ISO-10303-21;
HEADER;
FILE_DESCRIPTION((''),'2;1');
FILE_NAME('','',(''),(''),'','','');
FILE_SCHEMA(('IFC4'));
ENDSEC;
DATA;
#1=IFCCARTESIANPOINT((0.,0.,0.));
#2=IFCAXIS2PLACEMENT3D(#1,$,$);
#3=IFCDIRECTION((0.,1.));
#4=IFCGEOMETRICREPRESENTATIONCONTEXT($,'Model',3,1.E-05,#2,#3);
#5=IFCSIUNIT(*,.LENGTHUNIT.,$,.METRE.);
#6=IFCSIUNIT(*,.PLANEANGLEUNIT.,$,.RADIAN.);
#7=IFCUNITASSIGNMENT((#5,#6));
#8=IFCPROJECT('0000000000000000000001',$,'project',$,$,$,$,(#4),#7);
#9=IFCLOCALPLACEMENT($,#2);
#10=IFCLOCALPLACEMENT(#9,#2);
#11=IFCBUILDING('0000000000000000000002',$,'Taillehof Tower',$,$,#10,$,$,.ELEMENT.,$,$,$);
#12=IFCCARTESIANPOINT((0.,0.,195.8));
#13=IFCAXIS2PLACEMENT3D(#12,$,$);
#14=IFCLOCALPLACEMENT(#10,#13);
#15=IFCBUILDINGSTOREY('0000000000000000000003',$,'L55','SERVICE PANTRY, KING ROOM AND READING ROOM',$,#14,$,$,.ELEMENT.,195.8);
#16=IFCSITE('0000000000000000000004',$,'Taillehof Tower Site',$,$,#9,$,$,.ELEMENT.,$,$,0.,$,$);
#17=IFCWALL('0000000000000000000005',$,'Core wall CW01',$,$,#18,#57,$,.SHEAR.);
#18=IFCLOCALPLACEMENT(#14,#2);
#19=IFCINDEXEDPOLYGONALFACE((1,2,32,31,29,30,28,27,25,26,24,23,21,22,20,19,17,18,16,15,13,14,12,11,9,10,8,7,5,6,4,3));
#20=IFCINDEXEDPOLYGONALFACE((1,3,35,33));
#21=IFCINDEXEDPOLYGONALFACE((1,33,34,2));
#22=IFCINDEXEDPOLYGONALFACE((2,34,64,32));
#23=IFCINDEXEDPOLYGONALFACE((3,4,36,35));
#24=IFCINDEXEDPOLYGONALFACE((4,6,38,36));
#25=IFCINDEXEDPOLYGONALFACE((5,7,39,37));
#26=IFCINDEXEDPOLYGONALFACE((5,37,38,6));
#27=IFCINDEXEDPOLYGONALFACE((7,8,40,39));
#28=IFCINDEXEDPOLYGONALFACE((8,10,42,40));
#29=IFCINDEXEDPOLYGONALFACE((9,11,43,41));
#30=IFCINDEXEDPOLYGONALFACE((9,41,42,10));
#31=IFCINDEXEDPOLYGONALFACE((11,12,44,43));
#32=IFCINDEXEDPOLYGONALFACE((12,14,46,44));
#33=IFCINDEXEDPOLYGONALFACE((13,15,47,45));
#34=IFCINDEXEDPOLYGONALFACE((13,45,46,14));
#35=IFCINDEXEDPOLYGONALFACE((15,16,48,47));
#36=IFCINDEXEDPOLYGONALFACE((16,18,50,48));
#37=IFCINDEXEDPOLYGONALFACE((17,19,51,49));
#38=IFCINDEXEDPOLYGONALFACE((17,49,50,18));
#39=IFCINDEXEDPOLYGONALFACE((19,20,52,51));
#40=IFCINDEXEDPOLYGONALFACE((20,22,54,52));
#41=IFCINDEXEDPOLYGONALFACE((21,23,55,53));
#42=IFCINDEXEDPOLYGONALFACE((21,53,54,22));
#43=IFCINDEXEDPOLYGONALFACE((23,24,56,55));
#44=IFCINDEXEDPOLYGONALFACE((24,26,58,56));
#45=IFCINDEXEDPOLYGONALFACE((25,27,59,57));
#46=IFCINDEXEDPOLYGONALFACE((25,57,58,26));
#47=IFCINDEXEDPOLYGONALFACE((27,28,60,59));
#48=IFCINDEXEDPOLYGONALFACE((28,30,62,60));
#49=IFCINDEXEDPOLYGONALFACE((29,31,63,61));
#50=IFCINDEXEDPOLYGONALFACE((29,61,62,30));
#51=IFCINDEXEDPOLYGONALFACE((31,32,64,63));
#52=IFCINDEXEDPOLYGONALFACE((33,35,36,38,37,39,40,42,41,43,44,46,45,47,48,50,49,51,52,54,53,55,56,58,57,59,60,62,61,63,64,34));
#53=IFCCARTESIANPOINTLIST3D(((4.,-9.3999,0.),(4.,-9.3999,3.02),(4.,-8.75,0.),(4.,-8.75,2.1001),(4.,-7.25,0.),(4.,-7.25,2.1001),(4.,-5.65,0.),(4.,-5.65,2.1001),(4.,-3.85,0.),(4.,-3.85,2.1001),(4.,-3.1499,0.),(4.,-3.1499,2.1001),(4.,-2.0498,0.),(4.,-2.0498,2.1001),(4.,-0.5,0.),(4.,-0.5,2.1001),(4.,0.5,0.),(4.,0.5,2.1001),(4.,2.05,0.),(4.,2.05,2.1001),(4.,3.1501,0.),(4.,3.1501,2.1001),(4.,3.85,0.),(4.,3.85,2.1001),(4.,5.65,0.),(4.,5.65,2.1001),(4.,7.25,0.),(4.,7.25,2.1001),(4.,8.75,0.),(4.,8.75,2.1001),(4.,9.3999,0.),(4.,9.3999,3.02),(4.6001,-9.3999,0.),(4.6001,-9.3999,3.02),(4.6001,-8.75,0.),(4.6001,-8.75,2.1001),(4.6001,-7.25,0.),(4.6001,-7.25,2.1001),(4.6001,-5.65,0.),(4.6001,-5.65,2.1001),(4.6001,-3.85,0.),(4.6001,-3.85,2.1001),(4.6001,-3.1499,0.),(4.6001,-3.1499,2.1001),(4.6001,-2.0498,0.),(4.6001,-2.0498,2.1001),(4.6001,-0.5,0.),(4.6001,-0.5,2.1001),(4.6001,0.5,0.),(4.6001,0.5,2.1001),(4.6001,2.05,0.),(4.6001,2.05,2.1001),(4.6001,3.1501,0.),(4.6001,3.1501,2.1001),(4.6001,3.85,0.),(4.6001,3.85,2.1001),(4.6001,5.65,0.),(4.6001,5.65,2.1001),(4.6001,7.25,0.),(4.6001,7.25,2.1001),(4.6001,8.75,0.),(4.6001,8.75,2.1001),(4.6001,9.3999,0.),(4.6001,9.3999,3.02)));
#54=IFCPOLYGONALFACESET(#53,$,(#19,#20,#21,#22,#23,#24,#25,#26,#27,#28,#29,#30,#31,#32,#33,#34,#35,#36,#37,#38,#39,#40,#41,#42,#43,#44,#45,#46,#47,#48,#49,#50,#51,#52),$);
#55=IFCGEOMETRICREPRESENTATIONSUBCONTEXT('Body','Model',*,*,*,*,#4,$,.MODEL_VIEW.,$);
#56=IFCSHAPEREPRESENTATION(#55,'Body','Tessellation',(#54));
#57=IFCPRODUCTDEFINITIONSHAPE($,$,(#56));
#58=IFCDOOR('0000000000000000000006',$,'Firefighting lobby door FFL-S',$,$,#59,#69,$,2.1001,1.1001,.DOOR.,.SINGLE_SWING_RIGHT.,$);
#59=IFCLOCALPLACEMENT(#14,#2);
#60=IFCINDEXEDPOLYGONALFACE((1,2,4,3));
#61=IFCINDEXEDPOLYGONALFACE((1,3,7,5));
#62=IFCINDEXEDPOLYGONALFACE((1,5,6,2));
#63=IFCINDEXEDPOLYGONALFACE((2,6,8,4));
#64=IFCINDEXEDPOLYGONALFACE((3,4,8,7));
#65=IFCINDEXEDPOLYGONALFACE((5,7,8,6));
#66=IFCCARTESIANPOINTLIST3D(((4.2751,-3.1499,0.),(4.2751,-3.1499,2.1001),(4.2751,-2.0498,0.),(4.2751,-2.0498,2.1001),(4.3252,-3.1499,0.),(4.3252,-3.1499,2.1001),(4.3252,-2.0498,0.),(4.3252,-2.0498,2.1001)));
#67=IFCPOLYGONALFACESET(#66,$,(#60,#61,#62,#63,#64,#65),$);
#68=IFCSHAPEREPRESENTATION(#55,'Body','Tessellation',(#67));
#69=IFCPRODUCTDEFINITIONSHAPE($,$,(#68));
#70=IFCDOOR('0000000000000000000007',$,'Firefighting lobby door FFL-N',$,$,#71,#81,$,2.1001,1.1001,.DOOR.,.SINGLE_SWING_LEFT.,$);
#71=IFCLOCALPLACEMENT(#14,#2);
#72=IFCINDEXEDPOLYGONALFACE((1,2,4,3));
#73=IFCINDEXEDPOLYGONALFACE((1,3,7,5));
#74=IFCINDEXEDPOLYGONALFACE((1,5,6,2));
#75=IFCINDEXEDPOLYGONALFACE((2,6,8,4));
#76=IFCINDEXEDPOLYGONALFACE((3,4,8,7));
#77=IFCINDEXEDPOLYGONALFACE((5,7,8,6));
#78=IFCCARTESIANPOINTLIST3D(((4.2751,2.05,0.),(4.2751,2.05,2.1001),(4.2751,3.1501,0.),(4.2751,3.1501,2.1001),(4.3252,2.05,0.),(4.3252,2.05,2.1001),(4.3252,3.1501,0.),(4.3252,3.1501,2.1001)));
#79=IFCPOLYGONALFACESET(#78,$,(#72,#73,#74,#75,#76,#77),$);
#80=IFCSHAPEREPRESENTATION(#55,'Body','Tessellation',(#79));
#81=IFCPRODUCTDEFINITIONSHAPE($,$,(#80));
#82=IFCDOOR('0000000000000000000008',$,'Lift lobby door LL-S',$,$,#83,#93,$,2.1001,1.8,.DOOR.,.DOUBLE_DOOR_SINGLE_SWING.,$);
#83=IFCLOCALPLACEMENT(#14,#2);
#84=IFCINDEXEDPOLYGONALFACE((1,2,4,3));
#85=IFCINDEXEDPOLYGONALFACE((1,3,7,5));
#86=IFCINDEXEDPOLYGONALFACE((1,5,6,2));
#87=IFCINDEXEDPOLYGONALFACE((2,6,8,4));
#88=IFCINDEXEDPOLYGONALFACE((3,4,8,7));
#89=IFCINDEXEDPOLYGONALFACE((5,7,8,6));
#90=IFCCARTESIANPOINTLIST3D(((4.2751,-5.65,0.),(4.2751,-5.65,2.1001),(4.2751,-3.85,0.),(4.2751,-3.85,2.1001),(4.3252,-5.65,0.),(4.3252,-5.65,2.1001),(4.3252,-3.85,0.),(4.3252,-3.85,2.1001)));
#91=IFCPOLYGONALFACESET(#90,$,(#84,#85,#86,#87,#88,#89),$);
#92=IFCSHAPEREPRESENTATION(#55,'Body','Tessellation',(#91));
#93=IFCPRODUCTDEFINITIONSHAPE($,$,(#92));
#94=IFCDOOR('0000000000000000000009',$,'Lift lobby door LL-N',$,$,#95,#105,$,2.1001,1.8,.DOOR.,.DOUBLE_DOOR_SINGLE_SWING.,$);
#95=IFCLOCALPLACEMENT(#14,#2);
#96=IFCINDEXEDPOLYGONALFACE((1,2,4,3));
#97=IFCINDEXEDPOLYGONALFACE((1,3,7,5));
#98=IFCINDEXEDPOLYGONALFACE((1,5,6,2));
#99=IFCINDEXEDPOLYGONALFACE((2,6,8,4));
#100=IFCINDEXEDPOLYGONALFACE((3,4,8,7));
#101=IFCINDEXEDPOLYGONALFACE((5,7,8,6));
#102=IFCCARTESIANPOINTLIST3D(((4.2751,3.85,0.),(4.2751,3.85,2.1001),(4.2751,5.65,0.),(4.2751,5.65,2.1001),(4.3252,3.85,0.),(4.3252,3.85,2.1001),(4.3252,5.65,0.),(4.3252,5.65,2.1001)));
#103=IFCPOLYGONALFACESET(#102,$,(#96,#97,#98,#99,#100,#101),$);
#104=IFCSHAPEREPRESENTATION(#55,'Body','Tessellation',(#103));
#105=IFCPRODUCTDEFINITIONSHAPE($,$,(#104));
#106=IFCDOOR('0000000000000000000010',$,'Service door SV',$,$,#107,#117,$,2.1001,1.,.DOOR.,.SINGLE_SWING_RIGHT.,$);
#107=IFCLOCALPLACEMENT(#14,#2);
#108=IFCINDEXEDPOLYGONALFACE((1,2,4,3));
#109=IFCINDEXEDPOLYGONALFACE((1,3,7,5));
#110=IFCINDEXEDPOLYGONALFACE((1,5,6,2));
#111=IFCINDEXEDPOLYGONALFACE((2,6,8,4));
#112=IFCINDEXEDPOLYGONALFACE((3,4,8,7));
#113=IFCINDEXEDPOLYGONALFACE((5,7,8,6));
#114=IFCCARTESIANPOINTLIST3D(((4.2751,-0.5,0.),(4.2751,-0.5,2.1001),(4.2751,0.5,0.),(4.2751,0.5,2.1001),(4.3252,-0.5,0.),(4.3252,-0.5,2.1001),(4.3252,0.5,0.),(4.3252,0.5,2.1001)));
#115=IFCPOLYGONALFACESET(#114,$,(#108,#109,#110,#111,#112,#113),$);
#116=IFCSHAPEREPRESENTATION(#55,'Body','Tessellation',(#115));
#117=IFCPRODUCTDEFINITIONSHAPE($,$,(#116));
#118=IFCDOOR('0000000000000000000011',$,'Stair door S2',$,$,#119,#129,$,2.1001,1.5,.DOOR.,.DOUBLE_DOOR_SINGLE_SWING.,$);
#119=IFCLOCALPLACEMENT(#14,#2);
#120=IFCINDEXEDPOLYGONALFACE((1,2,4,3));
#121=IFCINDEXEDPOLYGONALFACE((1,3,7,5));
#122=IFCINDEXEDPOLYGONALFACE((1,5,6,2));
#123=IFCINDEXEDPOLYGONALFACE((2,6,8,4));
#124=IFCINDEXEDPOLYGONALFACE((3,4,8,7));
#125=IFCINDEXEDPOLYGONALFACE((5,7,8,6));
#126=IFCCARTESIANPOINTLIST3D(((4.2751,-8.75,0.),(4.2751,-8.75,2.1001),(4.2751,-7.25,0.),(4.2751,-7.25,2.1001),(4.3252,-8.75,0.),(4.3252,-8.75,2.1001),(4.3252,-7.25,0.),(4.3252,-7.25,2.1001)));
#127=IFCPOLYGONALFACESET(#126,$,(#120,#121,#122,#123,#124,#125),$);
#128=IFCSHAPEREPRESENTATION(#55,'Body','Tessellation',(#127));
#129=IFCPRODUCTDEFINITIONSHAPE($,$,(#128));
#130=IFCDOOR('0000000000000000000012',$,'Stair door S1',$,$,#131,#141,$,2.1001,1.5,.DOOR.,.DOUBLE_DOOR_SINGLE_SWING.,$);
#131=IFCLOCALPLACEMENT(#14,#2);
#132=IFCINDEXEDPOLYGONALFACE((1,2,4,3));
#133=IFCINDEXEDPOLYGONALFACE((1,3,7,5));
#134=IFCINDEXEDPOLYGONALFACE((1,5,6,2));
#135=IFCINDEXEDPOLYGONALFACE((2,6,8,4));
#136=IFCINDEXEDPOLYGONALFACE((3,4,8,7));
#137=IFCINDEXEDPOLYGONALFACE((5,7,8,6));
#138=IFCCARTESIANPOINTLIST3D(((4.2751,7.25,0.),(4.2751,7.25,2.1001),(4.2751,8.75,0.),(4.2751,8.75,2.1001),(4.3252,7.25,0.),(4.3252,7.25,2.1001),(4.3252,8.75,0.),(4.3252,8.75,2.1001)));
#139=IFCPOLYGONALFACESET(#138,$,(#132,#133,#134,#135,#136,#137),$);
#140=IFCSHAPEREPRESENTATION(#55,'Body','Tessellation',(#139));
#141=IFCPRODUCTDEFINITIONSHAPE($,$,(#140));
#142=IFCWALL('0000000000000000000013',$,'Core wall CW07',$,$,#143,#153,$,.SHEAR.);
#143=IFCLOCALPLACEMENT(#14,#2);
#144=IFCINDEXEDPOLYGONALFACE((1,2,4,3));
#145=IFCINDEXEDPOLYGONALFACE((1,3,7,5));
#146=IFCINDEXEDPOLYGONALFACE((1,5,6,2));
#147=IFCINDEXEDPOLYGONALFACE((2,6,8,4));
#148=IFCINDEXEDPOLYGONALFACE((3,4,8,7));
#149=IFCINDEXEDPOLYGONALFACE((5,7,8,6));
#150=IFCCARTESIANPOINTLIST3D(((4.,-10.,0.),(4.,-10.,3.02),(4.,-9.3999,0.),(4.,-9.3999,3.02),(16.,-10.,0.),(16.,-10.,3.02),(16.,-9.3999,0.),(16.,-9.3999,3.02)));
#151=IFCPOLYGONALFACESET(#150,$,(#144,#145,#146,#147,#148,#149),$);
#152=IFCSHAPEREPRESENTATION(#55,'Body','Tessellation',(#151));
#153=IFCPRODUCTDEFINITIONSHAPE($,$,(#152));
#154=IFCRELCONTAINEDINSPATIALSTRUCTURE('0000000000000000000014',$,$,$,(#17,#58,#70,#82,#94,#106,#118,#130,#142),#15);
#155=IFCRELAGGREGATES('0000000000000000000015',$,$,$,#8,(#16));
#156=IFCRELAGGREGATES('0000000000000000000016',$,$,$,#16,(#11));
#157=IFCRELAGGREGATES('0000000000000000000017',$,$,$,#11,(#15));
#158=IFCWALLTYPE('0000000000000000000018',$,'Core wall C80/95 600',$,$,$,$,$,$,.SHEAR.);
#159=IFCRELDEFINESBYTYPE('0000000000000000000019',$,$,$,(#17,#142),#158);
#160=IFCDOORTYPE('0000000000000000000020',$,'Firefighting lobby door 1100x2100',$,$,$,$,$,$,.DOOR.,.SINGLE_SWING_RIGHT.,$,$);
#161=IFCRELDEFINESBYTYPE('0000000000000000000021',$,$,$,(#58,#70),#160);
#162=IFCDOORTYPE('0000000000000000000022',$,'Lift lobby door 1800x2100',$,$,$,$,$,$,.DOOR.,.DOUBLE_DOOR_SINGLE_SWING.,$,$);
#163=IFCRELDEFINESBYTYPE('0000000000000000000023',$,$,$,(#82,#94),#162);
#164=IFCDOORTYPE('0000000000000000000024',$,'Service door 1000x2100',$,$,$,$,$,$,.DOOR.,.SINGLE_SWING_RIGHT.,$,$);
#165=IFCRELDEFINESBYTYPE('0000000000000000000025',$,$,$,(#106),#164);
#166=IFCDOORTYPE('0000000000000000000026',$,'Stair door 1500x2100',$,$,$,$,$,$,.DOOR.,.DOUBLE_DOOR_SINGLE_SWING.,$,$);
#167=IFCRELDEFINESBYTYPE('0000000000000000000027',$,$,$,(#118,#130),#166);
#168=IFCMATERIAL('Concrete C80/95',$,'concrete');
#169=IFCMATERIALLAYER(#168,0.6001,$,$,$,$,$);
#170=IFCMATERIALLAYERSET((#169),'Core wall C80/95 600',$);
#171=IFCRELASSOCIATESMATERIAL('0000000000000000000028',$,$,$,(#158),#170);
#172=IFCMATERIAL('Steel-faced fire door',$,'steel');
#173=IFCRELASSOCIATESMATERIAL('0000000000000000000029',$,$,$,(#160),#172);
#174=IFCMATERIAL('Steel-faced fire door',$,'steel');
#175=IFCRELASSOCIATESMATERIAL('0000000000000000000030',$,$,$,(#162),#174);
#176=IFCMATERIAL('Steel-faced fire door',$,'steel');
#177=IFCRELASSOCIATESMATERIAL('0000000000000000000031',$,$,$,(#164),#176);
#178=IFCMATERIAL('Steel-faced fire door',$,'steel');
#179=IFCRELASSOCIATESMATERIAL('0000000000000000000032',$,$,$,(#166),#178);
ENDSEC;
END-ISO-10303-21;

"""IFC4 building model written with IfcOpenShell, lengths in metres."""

from ifc_helpers import new_model, si_unit, direction, frame, frame_2d, origin, place, context, subcontext, project, spatial, rectangle, extrude, material, layer, layer_set, type_object, element, fill, save


model = new_model("IFC4")

# Units and contexts
model_context = context("Model", 3, precision=1e-05, world=origin(), true_north=direction((0.0, 1.0)))
body_context = subcontext(model_context, "Body", "Model", "MODEL_VIEW")
ifc_project = project(units=[si_unit("LENGTHUNIT", "METRE"), si_unit("PLANEANGLEUNIT", "RADIAN")], contexts=[model_context])

# Site, building, storey
site_placement = place(None, origin())
site = spatial("IfcSite", under=ifc_project, at=site_placement, Name="Taillehof Tower Site", CompositionType="ELEMENT", RefElevation=0.0)
building_placement = place(site_placement, origin())
building = spatial("IfcBuilding", under=site, at=building_placement, Name="Taillehof Tower", CompositionType="ELEMENT")
storey_placement = place(building_placement, frame((0.0, 0.0, 195.8)))
storey = spatial("IfcBuildingStorey", under=building, at=storey_placement, Name="L55", Description="SERVICE PANTRY, KING ROOM AND READING ROOM", CompositionType="ELEMENT", Elevation=195.8)

# Wall, openings, doors
ifc_material_1 = material(Name="Concrete C80/95", Category="concrete")
ifc_layer_1 = layer(ifc_material_1, 0.6001)
ifc_layer_set_1 = layer_set([ifc_layer_1], Name="Core wall C80/95 600")
wall_type_1 = type_object("IfcWallType", Name="Core wall C80/95 600", PredefinedType="SHEAR", material=ifc_layer_set_1)
wall_1_placement = place(storey_placement, frame((4.3, -9.3999, 0.0), z_axis=(0.0, 0.0, 1.0), x_axis=(0.0, 1.0, 0.0)))
wall_1 = element("IfcWall", 1, at=wall_1_placement, inside=storey, type_object=wall_type_1, Name="Core wall CW01", PredefinedType="SHEAR", context=body_context, shape_type="SweptSolid", body=[
    extrude(rectangle(XDim=18.7998, YDim=0.6001, at=frame_2d((9.3999, 0.0))), origin(), (0.0, 0.0, 1.0), 3.02),
])
opening_1_placement = place(wall_1_placement, frame((0.6499, 0.0, 0.0)))
opening_1 = element("IfcOpeningElement", 2, at=opening_1_placement, cuts=wall_1, PredefinedType="OPENING", context=body_context, shape_type="SweptSolid", body=[
    extrude(rectangle(XDim=1.5, YDim=2.1001, at=frame_2d((0.75, 1.05))), frame((0.0, 0.3101, 0.0), z_axis=(0.0, -1.0, 0.0), x_axis=(1.0, 0.0, 0.0)), (0.0, 0.0, 1.0), 0.6201),
])
opening_2_placement = place(wall_1_placement, frame((3.75, 0.0, 0.0)))
opening_2 = element("IfcOpeningElement", 3, at=opening_2_placement, cuts=wall_1, PredefinedType="OPENING", context=body_context, shape_type="SweptSolid", body=[
    extrude(rectangle(XDim=1.8, YDim=2.1001, at=frame_2d((0.8999, 1.05))), frame((0.0, 0.3101, 0.0), z_axis=(0.0, -1.0, 0.0), x_axis=(1.0, 0.0, 0.0)), (0.0, 0.0, 1.0), 0.6201),
])
opening_3_placement = place(wall_1_placement, frame((6.25, 0.0, 0.0)))
opening_3 = element("IfcOpeningElement", 4, at=opening_3_placement, cuts=wall_1, PredefinedType="OPENING", context=body_context, shape_type="SweptSolid", body=[
    extrude(rectangle(XDim=1.1001, YDim=2.1001, at=frame_2d((0.55, 1.05))), frame((0.0, 0.3101, 0.0), z_axis=(0.0, -1.0, 0.0), x_axis=(1.0, 0.0, 0.0)), (0.0, 0.0, 1.0), 0.6201),
])
opening_4_placement = place(wall_1_placement, frame((8.8999, 0.0, 0.0)))
opening_4 = element("IfcOpeningElement", 5, at=opening_4_placement, cuts=wall_1, PredefinedType="OPENING", context=body_context, shape_type="SweptSolid", body=[
    extrude(rectangle(XDim=1.0, YDim=2.1001, at=frame_2d((0.5, 1.05))), frame((0.0, 0.3101, 0.0), z_axis=(0.0, -1.0, 0.0), x_axis=(1.0, 0.0, 0.0)), (0.0, 0.0, 1.0), 0.6201),
])
opening_5_placement = place(wall_1_placement, frame((11.45, 0.0, 0.0)))
opening_5 = element("IfcOpeningElement", 6, at=opening_5_placement, cuts=wall_1, PredefinedType="OPENING", context=body_context, shape_type="SweptSolid", body=[
    extrude(rectangle(XDim=1.1001, YDim=2.1001, at=frame_2d((0.55, 1.05))), frame((0.0, 0.3101, 0.0), z_axis=(0.0, -1.0, 0.0), x_axis=(1.0, 0.0, 0.0)), (0.0, 0.0, 1.0), 0.6201),
])
opening_6_placement = place(wall_1_placement, frame((13.25, 0.0, 0.0)))
opening_6 = element("IfcOpeningElement", 7, at=opening_6_placement, cuts=wall_1, PredefinedType="OPENING", context=body_context, shape_type="SweptSolid", body=[
    extrude(rectangle(XDim=1.8, YDim=2.1001, at=frame_2d((0.8999, 1.05))), frame((0.0, 0.3101, 0.0), z_axis=(0.0, -1.0, 0.0), x_axis=(1.0, 0.0, 0.0)), (0.0, 0.0, 1.0), 0.6201),
])
opening_7_placement = place(wall_1_placement, frame((16.6499, 0.0, 0.0)))
opening_7 = element("IfcOpeningElement", 8, at=opening_7_placement, cuts=wall_1, PredefinedType="OPENING", context=body_context, shape_type="SweptSolid", body=[
    extrude(rectangle(XDim=1.5, YDim=2.1001, at=frame_2d((0.75, 1.05))), frame((0.0, 0.3101, 0.0), z_axis=(0.0, -1.0, 0.0), x_axis=(1.0, 0.0, 0.0)), (0.0, 0.0, 1.0), 0.6201),
])
ifc_material_2 = material(Name="Steel-faced fire door", Category="steel")
door_type_1 = type_object("IfcDoorType", Name="Firefighting lobby door 1100x2100", OperationType="SINGLE_SWING_RIGHT", PredefinedType="DOOR", material=ifc_material_2)
door_1_placement = place(opening_3_placement, origin())
door_1 = element("IfcDoor", 9, at=door_1_placement, inside=storey, type_object=door_type_1, Name="Firefighting lobby door FFL-S", OperationType="SINGLE_SWING_RIGHT", OverallHeight=2.1001, OverallWidth=1.1001, PredefinedType="DOOR", context=body_context, shape_type="SweptSolid", body=[
    extrude(rectangle(XDim=1.1001, YDim=2.1001, at=frame_2d((0.55, 1.05))), frame((0.0, 0.0249, 0.0), z_axis=(0.0, -1.0, 0.0), x_axis=(1.0, 0.0, 0.0)), (0.0, 0.0, 1.0), 0.05),
])
fill(opening_3, door_1)
door_2_placement = place(opening_5_placement, origin())
door_2 = element("IfcDoor", 10, at=door_2_placement, inside=storey, type_object=door_type_1, Name="Firefighting lobby door FFL-N", OperationType="SINGLE_SWING_LEFT", OverallHeight=2.1001, OverallWidth=1.1001, PredefinedType="DOOR", context=body_context, shape_type="SweptSolid", body=[
    extrude(rectangle(XDim=1.1001, YDim=2.1001, at=frame_2d((0.55, 1.05))), frame((0.0, 0.0249, 0.0), z_axis=(0.0, -1.0, 0.0), x_axis=(1.0, 0.0, 0.0)), (0.0, 0.0, 1.0), 0.05),
])
fill(opening_5, door_2)
ifc_material_3 = material(Name="Steel-faced fire door", Category="steel")
door_type_2 = type_object("IfcDoorType", Name="Lift lobby door 1800x2100", OperationType="DOUBLE_DOOR_SINGLE_SWING", PredefinedType="DOOR", material=ifc_material_3)
door_3_placement = place(opening_2_placement, origin())
door_3 = element("IfcDoor", 11, at=door_3_placement, inside=storey, type_object=door_type_2, Name="Lift lobby door LL-S", OperationType="DOUBLE_DOOR_SINGLE_SWING", OverallHeight=2.1001, OverallWidth=1.8, PredefinedType="DOOR", context=body_context, shape_type="SweptSolid", body=[
    extrude(rectangle(XDim=1.8, YDim=2.1001, at=frame_2d((0.8999, 1.05))), frame((0.0, 0.0249, 0.0), z_axis=(0.0, -1.0, 0.0), x_axis=(1.0, 0.0, 0.0)), (0.0, 0.0, 1.0), 0.05),
])
fill(opening_2, door_3)
door_4_placement = place(opening_6_placement, origin())
door_4 = element("IfcDoor", 12, at=door_4_placement, inside=storey, type_object=door_type_2, Name="Lift lobby door LL-N", OperationType="DOUBLE_DOOR_SINGLE_SWING", OverallHeight=2.1001, OverallWidth=1.8, PredefinedType="DOOR", context=body_context, shape_type="SweptSolid", body=[
    extrude(rectangle(XDim=1.8, YDim=2.1001, at=frame_2d((0.8999, 1.05))), frame((0.0, 0.0249, 0.0), z_axis=(0.0, -1.0, 0.0), x_axis=(1.0, 0.0, 0.0)), (0.0, 0.0, 1.0), 0.05),
])
fill(opening_6, door_4)
ifc_material_4 = material(Name="Steel-faced fire door", Category="steel")
door_type_3 = type_object("IfcDoorType", Name="Service door 1000x2100", OperationType="SINGLE_SWING_RIGHT", PredefinedType="DOOR", material=ifc_material_4)
door_5_placement = place(opening_4_placement, origin())
door_5 = element("IfcDoor", 13, at=door_5_placement, inside=storey, type_object=door_type_3, Name="Service door SV", OperationType="SINGLE_SWING_RIGHT", OverallHeight=2.1001, OverallWidth=1.0, PredefinedType="DOOR", context=body_context, shape_type="SweptSolid", body=[
    extrude(rectangle(XDim=1.0, YDim=2.1001, at=frame_2d((0.5, 1.05))), frame((0.0, 0.0249, 0.0), z_axis=(0.0, -1.0, 0.0), x_axis=(1.0, 0.0, 0.0)), (0.0, 0.0, 1.0), 0.05),
])
fill(opening_4, door_5)
ifc_material_5 = material(Name="Steel-faced fire door", Category="steel")
door_type_4 = type_object("IfcDoorType", Name="Stair door 1500x2100", OperationType="DOUBLE_DOOR_SINGLE_SWING", PredefinedType="DOOR", material=ifc_material_5)
door_6_placement = place(opening_1_placement, origin())
door_6 = element("IfcDoor", 14, at=door_6_placement, inside=storey, type_object=door_type_4, Name="Stair door S2", OperationType="DOUBLE_DOOR_SINGLE_SWING", OverallHeight=2.1001, OverallWidth=1.5, PredefinedType="DOOR", context=body_context, shape_type="SweptSolid", body=[
    extrude(rectangle(XDim=1.5, YDim=2.1001, at=frame_2d((0.75, 1.05))), frame((0.0, 0.0249, 0.0), z_axis=(0.0, -1.0, 0.0), x_axis=(1.0, 0.0, 0.0)), (0.0, 0.0, 1.0), 0.05),
])
fill(opening_1, door_6)
door_7_placement = place(opening_7_placement, origin())
door_7 = element("IfcDoor", 15, at=door_7_placement, inside=storey, type_object=door_type_4, Name="Stair door S1", OperationType="DOUBLE_DOOR_SINGLE_SWING", OverallHeight=2.1001, OverallWidth=1.5, PredefinedType="DOOR", context=body_context, shape_type="SweptSolid", body=[
    extrude(rectangle(XDim=1.5, YDim=2.1001, at=frame_2d((0.75, 1.05))), frame((0.0, 0.0249, 0.0), z_axis=(0.0, -1.0, 0.0), x_axis=(1.0, 0.0, 0.0)), (0.0, 0.0, 1.0), 0.05),
])
fill(opening_7, door_7)

# Wall
wall_2_placement = place(storey_placement, frame((4.0, -9.7, 0.0), z_axis=(0.0, 0.0, 1.0), x_axis=(1.0, 0.0, 0.0)))
element("IfcWall", 16, at=wall_2_placement, inside=storey, type_object=wall_type_1, Name="Core wall CW07", PredefinedType="SHEAR", context=body_context, shape_type="SweptSolid", body=[
    extrude(rectangle(XDim=12.0, YDim=0.6001, at=frame_2d((6.0, 0.0))), origin(), (0.0, 0.0, 1.0), 3.02),
])

save(model, "model.ifc")
